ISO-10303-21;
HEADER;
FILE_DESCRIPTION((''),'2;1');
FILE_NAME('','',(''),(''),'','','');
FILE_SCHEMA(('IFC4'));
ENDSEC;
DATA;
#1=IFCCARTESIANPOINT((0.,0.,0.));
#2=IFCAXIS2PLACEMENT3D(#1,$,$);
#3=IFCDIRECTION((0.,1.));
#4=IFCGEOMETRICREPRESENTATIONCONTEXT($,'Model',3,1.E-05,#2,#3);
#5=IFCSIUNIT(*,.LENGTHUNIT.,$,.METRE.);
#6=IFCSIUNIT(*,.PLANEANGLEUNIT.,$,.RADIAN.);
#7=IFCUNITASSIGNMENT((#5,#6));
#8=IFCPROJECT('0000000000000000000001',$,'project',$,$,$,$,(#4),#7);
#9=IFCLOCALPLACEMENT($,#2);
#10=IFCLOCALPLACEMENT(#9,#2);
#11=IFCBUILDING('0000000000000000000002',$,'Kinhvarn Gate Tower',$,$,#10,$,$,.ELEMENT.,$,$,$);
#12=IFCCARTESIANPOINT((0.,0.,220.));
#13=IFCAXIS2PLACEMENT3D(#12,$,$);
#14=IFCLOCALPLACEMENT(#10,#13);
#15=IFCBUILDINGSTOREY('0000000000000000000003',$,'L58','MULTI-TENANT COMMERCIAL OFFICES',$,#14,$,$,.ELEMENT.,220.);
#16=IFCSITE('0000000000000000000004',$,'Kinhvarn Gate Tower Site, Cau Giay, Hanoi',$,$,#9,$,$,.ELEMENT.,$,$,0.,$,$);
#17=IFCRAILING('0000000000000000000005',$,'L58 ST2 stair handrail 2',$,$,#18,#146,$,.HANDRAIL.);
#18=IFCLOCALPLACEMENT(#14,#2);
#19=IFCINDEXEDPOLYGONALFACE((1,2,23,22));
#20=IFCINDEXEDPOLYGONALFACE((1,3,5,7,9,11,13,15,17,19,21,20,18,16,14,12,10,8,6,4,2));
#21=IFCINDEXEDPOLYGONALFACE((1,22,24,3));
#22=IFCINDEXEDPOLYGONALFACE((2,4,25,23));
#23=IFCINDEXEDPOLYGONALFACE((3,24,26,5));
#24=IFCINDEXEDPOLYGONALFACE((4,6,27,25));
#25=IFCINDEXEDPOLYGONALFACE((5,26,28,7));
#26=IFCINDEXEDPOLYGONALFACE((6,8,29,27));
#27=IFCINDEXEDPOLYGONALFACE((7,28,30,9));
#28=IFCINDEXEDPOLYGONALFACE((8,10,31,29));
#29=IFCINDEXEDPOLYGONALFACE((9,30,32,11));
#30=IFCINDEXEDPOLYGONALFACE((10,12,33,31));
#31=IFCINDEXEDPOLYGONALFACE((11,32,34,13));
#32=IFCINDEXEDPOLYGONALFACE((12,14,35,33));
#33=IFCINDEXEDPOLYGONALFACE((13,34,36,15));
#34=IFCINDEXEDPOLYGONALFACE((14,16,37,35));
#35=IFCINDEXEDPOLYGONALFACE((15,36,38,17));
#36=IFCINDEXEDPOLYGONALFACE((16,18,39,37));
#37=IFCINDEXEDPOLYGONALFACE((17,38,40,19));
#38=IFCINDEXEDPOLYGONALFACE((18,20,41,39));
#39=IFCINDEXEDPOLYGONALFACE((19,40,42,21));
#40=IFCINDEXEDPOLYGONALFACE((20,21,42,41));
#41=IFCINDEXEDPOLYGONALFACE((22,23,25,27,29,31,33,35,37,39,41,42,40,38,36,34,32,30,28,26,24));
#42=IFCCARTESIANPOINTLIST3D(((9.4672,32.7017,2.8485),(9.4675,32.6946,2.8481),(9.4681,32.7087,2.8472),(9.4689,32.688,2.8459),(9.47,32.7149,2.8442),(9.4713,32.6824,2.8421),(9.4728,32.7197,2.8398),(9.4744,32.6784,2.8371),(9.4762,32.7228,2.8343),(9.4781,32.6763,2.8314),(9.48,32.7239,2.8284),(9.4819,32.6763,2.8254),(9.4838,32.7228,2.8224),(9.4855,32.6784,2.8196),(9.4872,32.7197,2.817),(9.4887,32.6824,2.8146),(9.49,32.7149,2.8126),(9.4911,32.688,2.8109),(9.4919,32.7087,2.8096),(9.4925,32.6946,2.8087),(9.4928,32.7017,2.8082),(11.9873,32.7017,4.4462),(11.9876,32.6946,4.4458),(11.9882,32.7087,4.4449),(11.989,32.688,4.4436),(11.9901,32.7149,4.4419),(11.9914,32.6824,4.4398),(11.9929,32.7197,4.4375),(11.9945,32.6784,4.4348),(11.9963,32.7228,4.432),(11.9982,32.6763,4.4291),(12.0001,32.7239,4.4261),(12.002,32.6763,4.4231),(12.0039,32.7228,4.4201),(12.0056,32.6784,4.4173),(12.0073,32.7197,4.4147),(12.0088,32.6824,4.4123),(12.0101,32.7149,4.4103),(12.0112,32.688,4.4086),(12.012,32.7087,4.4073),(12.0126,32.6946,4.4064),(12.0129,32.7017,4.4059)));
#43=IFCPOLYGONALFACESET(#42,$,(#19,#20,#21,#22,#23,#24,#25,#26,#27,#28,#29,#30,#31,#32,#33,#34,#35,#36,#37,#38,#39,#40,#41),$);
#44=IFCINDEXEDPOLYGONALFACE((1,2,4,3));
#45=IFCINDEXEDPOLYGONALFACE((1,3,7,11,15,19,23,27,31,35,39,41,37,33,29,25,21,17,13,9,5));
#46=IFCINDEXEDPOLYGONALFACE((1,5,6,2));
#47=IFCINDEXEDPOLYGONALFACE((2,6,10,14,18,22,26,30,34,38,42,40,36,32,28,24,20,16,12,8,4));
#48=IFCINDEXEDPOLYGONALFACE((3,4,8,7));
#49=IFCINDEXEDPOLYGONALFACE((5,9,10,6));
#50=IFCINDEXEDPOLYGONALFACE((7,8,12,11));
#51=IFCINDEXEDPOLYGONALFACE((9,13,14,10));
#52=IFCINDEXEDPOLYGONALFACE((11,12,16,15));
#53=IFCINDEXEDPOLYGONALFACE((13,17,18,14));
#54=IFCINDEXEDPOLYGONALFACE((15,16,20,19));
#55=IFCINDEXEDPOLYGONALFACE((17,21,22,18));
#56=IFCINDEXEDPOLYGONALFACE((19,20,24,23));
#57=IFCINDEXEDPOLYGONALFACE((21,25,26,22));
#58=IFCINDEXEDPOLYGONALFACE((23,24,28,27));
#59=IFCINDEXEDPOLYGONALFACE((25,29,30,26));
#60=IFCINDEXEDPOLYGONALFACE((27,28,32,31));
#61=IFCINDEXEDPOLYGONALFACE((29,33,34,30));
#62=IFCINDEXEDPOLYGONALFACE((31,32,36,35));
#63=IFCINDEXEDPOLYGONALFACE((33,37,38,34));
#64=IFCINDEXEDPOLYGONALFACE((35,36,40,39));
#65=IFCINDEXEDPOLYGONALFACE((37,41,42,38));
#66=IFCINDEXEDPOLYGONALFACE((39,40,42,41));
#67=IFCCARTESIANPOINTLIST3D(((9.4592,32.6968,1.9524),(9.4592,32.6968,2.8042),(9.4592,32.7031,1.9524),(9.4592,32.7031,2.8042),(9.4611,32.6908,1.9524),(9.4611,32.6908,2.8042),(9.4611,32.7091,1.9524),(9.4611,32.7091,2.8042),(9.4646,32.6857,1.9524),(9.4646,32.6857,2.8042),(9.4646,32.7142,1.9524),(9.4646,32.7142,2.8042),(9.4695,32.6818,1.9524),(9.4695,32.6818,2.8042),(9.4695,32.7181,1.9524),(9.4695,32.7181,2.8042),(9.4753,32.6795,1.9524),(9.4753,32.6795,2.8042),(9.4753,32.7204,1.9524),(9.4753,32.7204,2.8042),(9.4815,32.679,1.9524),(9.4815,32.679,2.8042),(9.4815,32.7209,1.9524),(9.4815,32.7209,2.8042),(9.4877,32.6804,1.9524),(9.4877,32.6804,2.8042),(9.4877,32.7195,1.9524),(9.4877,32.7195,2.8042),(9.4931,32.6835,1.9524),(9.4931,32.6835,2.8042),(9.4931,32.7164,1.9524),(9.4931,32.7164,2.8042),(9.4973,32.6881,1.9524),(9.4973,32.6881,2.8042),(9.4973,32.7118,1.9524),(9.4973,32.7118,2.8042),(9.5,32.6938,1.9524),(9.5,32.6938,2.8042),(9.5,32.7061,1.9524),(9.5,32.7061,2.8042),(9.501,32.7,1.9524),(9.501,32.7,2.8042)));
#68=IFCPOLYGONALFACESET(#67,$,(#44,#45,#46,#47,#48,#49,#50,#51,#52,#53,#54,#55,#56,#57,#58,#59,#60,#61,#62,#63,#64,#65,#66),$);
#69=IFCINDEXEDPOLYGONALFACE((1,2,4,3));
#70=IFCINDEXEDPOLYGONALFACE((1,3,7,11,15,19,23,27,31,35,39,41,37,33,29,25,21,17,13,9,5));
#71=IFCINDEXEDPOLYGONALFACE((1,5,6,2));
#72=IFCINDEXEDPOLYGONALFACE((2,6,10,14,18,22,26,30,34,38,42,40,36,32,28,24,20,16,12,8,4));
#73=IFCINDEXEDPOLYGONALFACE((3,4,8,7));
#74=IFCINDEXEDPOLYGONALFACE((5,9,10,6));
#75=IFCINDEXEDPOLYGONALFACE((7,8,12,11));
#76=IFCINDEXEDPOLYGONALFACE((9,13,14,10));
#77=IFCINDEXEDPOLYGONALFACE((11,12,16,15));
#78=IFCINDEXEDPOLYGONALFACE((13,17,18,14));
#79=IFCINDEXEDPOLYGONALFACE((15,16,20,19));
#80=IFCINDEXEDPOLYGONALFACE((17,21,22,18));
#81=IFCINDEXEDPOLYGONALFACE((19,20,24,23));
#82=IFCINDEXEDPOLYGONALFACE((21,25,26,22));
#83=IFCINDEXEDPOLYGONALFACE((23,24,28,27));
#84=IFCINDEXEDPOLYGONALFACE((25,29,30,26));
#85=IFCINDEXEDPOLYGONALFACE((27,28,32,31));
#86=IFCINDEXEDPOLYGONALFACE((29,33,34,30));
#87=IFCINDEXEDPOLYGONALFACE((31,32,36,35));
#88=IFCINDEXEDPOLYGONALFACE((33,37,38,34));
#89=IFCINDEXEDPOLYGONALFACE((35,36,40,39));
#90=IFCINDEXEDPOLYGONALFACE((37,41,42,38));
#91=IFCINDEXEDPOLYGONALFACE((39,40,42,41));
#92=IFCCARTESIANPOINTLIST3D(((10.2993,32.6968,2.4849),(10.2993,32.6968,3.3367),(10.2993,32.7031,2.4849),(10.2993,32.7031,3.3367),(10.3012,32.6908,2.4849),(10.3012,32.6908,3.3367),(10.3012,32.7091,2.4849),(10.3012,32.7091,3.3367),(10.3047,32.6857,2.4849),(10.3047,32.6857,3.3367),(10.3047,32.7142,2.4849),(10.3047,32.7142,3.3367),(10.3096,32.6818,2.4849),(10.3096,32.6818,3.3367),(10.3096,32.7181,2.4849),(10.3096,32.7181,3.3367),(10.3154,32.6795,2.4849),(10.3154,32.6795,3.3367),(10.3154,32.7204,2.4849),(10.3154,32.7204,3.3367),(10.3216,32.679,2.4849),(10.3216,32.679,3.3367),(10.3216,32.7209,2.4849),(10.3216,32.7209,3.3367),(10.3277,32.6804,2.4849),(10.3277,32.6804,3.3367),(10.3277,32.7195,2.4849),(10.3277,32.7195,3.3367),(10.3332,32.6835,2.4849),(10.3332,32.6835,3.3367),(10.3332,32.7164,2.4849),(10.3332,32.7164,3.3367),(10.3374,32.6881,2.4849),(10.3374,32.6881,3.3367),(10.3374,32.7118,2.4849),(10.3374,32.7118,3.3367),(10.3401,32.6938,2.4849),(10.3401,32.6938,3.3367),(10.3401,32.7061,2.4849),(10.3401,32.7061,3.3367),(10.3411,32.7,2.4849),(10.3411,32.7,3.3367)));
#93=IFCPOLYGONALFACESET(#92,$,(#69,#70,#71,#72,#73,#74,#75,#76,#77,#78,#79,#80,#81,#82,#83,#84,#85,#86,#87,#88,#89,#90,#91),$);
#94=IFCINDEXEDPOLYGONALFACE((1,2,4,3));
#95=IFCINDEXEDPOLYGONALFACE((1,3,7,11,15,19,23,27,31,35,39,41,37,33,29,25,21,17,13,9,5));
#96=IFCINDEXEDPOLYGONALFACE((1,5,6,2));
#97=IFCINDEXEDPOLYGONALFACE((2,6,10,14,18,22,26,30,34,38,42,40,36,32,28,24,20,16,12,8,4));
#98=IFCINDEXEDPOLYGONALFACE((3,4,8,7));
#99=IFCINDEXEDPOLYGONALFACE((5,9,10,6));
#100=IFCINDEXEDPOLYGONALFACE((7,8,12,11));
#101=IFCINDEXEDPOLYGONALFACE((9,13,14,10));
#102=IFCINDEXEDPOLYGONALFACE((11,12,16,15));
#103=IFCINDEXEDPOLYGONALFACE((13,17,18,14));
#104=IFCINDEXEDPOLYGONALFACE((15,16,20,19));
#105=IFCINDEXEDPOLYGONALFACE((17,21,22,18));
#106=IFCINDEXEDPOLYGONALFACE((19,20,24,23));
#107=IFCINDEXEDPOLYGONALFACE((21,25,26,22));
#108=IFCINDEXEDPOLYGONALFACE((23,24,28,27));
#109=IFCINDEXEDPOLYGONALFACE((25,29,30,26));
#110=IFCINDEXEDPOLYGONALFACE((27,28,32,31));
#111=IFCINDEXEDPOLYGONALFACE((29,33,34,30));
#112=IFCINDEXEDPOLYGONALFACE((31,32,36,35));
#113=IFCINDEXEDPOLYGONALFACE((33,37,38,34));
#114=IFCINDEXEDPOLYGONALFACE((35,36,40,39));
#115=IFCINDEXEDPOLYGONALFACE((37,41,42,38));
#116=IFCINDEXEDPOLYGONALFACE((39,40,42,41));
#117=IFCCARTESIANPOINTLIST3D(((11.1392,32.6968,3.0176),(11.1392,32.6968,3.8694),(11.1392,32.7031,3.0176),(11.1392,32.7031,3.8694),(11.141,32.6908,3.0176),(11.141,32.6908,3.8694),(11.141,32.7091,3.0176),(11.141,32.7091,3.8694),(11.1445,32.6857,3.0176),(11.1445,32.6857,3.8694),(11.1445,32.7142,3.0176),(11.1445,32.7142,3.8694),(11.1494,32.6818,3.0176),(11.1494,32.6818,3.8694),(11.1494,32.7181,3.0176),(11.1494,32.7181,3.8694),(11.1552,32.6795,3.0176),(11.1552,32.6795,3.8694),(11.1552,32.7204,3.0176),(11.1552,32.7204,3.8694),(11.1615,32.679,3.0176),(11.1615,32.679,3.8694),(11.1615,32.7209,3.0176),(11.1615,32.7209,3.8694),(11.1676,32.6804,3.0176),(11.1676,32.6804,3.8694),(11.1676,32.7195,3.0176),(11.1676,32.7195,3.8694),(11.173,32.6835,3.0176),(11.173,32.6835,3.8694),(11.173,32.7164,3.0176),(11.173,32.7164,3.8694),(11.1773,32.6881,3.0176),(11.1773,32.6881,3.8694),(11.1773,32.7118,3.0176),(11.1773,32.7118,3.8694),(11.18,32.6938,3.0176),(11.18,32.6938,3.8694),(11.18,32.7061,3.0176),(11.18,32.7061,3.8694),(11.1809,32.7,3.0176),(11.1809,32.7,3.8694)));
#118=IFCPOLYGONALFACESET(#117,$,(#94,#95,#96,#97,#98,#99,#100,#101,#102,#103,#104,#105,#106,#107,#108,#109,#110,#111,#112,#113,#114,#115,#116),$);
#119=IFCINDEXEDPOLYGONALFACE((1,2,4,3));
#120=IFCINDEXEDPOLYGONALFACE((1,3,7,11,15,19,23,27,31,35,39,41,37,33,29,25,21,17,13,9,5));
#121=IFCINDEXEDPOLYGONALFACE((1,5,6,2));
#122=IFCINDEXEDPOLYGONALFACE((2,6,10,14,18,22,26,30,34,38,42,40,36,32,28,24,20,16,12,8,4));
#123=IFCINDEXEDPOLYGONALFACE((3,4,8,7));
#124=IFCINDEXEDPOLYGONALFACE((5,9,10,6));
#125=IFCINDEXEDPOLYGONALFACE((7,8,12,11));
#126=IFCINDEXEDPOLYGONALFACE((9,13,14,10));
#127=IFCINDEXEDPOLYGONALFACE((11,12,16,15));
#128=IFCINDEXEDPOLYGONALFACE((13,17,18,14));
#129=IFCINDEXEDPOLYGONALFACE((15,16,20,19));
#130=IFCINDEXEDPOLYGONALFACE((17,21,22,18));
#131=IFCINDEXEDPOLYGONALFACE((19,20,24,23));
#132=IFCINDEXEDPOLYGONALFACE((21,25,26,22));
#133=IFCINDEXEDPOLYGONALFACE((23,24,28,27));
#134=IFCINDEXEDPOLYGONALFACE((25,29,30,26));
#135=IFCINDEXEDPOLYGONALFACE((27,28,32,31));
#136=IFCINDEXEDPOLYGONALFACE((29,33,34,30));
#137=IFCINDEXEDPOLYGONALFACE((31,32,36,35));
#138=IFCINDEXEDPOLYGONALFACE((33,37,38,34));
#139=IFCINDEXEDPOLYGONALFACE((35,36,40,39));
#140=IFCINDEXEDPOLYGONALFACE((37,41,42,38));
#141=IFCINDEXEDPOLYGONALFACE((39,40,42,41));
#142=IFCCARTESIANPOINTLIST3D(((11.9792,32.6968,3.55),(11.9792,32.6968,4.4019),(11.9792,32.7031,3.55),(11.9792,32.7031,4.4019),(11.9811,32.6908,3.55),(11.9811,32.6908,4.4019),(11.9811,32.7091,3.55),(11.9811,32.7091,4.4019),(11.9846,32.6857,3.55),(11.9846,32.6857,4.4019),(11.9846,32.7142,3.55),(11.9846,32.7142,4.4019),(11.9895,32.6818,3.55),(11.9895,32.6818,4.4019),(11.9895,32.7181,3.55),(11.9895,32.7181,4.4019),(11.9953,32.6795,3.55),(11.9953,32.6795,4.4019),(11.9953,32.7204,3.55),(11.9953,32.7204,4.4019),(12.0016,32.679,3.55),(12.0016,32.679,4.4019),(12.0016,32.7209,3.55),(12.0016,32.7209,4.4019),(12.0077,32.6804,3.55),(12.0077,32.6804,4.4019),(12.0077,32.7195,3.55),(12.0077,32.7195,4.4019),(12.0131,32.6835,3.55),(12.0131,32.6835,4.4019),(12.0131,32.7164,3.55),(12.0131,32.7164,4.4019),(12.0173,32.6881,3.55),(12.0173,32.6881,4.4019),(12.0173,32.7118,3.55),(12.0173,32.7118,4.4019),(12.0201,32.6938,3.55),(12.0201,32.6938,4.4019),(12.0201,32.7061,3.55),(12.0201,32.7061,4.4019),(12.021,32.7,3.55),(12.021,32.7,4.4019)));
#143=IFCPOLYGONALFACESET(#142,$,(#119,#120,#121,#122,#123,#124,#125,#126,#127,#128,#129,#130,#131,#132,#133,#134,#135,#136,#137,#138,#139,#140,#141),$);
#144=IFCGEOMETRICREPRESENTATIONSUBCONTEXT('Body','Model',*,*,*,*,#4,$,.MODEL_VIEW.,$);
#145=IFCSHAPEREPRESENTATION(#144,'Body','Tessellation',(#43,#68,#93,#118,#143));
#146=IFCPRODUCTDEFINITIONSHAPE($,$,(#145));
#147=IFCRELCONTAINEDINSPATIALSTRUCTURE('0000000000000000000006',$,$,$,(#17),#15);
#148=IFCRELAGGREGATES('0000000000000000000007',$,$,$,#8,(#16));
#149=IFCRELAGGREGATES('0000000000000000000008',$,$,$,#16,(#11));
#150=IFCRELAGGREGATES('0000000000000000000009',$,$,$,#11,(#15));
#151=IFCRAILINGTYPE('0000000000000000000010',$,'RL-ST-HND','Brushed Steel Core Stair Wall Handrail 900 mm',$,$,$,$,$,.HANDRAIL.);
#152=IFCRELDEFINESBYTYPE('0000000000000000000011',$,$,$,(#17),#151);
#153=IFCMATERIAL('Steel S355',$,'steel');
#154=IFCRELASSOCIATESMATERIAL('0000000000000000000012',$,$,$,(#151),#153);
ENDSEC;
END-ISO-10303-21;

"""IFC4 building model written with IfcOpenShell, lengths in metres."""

from ifc_helpers import new_model, si_unit, direction, frame, origin, origin_2d, place, context, subcontext, project, spatial, circle, extrude, material, type_object, element, save


model = new_model("IFC4")

# Units and contexts
model_context = context("Model", 3, precision=1e-05, world=origin(), true_north=direction((0.0, 1.0)))
body_context = subcontext(model_context, "Body", "Model", "MODEL_VIEW")
ifc_project = project(units=[si_unit("LENGTHUNIT", "METRE"), si_unit("PLANEANGLEUNIT", "RADIAN")], contexts=[model_context])

# Site, building, storey
site_placement = place(None, origin())
site = spatial("IfcSite", under=ifc_project, at=site_placement, Name="Kinhvarn Gate Tower Site, Cau Giay, Hanoi", CompositionType="ELEMENT", RefElevation=0.0)
building_placement = place(site_placement, origin())
building = spatial("IfcBuilding", under=site, at=building_placement, Name="Kinhvarn Gate Tower", CompositionType="ELEMENT")
storey_placement = place(building_placement, frame((0.0, 0.0, 220.0)))
storey = spatial("IfcBuildingStorey", under=building, at=storey_placement, Name="L58", Description="MULTI-TENANT COMMERCIAL OFFICES", CompositionType="ELEMENT", Elevation=220.0)

# Railing
ifc_material_1 = material(Name="Steel S355", Category="steel")
railing_type_1 = type_object("IfcRailingType", Name="RL-ST-HND", Description="Brushed Steel Core Stair Wall Handrail 900 mm", PredefinedType="HANDRAIL", material=ifc_material_1)
railing_1_placement = place(storey_placement, frame((9.48, 32.7, 1.9524)))
element("IfcRailing", 1, at=railing_1_placement, inside=storey, type_object=railing_type_1, Name="L58 ST2 stair handrail 2", PredefinedType="HANDRAIL", context=body_context, shape_type="SweptSolid", body=[
    extrude(circle(Radius=0.0239, at=origin_2d()), frame((0.0, 0.0, 0.876), z_axis=(0.84457, 0.0, 0.535445), x_axis=(0.0, 1.0, 0.0)), (0.0, 0.0, 1.0), 2.9839),
    extrude(circle(Radius=0.021, at=origin_2d()), origin(), (0.0, 0.0, 1.0), 0.8518),
    extrude(circle(Radius=0.021, at=origin_2d()), frame((0.8401, 0.0, 0.5325)), (0.0, 0.0, 1.0), 0.8518),
    extrude(circle(Radius=0.021, at=origin_2d()), frame((1.6799, 0.0, 1.0652)), (0.0, 0.0, 1.0), 0.8518),
    extrude(circle(Radius=0.021, at=origin_2d()), frame((2.52, 0.0, 1.5977)), (0.0, 0.0, 1.0), 0.8518),
])

save(model, "model.ifc")
